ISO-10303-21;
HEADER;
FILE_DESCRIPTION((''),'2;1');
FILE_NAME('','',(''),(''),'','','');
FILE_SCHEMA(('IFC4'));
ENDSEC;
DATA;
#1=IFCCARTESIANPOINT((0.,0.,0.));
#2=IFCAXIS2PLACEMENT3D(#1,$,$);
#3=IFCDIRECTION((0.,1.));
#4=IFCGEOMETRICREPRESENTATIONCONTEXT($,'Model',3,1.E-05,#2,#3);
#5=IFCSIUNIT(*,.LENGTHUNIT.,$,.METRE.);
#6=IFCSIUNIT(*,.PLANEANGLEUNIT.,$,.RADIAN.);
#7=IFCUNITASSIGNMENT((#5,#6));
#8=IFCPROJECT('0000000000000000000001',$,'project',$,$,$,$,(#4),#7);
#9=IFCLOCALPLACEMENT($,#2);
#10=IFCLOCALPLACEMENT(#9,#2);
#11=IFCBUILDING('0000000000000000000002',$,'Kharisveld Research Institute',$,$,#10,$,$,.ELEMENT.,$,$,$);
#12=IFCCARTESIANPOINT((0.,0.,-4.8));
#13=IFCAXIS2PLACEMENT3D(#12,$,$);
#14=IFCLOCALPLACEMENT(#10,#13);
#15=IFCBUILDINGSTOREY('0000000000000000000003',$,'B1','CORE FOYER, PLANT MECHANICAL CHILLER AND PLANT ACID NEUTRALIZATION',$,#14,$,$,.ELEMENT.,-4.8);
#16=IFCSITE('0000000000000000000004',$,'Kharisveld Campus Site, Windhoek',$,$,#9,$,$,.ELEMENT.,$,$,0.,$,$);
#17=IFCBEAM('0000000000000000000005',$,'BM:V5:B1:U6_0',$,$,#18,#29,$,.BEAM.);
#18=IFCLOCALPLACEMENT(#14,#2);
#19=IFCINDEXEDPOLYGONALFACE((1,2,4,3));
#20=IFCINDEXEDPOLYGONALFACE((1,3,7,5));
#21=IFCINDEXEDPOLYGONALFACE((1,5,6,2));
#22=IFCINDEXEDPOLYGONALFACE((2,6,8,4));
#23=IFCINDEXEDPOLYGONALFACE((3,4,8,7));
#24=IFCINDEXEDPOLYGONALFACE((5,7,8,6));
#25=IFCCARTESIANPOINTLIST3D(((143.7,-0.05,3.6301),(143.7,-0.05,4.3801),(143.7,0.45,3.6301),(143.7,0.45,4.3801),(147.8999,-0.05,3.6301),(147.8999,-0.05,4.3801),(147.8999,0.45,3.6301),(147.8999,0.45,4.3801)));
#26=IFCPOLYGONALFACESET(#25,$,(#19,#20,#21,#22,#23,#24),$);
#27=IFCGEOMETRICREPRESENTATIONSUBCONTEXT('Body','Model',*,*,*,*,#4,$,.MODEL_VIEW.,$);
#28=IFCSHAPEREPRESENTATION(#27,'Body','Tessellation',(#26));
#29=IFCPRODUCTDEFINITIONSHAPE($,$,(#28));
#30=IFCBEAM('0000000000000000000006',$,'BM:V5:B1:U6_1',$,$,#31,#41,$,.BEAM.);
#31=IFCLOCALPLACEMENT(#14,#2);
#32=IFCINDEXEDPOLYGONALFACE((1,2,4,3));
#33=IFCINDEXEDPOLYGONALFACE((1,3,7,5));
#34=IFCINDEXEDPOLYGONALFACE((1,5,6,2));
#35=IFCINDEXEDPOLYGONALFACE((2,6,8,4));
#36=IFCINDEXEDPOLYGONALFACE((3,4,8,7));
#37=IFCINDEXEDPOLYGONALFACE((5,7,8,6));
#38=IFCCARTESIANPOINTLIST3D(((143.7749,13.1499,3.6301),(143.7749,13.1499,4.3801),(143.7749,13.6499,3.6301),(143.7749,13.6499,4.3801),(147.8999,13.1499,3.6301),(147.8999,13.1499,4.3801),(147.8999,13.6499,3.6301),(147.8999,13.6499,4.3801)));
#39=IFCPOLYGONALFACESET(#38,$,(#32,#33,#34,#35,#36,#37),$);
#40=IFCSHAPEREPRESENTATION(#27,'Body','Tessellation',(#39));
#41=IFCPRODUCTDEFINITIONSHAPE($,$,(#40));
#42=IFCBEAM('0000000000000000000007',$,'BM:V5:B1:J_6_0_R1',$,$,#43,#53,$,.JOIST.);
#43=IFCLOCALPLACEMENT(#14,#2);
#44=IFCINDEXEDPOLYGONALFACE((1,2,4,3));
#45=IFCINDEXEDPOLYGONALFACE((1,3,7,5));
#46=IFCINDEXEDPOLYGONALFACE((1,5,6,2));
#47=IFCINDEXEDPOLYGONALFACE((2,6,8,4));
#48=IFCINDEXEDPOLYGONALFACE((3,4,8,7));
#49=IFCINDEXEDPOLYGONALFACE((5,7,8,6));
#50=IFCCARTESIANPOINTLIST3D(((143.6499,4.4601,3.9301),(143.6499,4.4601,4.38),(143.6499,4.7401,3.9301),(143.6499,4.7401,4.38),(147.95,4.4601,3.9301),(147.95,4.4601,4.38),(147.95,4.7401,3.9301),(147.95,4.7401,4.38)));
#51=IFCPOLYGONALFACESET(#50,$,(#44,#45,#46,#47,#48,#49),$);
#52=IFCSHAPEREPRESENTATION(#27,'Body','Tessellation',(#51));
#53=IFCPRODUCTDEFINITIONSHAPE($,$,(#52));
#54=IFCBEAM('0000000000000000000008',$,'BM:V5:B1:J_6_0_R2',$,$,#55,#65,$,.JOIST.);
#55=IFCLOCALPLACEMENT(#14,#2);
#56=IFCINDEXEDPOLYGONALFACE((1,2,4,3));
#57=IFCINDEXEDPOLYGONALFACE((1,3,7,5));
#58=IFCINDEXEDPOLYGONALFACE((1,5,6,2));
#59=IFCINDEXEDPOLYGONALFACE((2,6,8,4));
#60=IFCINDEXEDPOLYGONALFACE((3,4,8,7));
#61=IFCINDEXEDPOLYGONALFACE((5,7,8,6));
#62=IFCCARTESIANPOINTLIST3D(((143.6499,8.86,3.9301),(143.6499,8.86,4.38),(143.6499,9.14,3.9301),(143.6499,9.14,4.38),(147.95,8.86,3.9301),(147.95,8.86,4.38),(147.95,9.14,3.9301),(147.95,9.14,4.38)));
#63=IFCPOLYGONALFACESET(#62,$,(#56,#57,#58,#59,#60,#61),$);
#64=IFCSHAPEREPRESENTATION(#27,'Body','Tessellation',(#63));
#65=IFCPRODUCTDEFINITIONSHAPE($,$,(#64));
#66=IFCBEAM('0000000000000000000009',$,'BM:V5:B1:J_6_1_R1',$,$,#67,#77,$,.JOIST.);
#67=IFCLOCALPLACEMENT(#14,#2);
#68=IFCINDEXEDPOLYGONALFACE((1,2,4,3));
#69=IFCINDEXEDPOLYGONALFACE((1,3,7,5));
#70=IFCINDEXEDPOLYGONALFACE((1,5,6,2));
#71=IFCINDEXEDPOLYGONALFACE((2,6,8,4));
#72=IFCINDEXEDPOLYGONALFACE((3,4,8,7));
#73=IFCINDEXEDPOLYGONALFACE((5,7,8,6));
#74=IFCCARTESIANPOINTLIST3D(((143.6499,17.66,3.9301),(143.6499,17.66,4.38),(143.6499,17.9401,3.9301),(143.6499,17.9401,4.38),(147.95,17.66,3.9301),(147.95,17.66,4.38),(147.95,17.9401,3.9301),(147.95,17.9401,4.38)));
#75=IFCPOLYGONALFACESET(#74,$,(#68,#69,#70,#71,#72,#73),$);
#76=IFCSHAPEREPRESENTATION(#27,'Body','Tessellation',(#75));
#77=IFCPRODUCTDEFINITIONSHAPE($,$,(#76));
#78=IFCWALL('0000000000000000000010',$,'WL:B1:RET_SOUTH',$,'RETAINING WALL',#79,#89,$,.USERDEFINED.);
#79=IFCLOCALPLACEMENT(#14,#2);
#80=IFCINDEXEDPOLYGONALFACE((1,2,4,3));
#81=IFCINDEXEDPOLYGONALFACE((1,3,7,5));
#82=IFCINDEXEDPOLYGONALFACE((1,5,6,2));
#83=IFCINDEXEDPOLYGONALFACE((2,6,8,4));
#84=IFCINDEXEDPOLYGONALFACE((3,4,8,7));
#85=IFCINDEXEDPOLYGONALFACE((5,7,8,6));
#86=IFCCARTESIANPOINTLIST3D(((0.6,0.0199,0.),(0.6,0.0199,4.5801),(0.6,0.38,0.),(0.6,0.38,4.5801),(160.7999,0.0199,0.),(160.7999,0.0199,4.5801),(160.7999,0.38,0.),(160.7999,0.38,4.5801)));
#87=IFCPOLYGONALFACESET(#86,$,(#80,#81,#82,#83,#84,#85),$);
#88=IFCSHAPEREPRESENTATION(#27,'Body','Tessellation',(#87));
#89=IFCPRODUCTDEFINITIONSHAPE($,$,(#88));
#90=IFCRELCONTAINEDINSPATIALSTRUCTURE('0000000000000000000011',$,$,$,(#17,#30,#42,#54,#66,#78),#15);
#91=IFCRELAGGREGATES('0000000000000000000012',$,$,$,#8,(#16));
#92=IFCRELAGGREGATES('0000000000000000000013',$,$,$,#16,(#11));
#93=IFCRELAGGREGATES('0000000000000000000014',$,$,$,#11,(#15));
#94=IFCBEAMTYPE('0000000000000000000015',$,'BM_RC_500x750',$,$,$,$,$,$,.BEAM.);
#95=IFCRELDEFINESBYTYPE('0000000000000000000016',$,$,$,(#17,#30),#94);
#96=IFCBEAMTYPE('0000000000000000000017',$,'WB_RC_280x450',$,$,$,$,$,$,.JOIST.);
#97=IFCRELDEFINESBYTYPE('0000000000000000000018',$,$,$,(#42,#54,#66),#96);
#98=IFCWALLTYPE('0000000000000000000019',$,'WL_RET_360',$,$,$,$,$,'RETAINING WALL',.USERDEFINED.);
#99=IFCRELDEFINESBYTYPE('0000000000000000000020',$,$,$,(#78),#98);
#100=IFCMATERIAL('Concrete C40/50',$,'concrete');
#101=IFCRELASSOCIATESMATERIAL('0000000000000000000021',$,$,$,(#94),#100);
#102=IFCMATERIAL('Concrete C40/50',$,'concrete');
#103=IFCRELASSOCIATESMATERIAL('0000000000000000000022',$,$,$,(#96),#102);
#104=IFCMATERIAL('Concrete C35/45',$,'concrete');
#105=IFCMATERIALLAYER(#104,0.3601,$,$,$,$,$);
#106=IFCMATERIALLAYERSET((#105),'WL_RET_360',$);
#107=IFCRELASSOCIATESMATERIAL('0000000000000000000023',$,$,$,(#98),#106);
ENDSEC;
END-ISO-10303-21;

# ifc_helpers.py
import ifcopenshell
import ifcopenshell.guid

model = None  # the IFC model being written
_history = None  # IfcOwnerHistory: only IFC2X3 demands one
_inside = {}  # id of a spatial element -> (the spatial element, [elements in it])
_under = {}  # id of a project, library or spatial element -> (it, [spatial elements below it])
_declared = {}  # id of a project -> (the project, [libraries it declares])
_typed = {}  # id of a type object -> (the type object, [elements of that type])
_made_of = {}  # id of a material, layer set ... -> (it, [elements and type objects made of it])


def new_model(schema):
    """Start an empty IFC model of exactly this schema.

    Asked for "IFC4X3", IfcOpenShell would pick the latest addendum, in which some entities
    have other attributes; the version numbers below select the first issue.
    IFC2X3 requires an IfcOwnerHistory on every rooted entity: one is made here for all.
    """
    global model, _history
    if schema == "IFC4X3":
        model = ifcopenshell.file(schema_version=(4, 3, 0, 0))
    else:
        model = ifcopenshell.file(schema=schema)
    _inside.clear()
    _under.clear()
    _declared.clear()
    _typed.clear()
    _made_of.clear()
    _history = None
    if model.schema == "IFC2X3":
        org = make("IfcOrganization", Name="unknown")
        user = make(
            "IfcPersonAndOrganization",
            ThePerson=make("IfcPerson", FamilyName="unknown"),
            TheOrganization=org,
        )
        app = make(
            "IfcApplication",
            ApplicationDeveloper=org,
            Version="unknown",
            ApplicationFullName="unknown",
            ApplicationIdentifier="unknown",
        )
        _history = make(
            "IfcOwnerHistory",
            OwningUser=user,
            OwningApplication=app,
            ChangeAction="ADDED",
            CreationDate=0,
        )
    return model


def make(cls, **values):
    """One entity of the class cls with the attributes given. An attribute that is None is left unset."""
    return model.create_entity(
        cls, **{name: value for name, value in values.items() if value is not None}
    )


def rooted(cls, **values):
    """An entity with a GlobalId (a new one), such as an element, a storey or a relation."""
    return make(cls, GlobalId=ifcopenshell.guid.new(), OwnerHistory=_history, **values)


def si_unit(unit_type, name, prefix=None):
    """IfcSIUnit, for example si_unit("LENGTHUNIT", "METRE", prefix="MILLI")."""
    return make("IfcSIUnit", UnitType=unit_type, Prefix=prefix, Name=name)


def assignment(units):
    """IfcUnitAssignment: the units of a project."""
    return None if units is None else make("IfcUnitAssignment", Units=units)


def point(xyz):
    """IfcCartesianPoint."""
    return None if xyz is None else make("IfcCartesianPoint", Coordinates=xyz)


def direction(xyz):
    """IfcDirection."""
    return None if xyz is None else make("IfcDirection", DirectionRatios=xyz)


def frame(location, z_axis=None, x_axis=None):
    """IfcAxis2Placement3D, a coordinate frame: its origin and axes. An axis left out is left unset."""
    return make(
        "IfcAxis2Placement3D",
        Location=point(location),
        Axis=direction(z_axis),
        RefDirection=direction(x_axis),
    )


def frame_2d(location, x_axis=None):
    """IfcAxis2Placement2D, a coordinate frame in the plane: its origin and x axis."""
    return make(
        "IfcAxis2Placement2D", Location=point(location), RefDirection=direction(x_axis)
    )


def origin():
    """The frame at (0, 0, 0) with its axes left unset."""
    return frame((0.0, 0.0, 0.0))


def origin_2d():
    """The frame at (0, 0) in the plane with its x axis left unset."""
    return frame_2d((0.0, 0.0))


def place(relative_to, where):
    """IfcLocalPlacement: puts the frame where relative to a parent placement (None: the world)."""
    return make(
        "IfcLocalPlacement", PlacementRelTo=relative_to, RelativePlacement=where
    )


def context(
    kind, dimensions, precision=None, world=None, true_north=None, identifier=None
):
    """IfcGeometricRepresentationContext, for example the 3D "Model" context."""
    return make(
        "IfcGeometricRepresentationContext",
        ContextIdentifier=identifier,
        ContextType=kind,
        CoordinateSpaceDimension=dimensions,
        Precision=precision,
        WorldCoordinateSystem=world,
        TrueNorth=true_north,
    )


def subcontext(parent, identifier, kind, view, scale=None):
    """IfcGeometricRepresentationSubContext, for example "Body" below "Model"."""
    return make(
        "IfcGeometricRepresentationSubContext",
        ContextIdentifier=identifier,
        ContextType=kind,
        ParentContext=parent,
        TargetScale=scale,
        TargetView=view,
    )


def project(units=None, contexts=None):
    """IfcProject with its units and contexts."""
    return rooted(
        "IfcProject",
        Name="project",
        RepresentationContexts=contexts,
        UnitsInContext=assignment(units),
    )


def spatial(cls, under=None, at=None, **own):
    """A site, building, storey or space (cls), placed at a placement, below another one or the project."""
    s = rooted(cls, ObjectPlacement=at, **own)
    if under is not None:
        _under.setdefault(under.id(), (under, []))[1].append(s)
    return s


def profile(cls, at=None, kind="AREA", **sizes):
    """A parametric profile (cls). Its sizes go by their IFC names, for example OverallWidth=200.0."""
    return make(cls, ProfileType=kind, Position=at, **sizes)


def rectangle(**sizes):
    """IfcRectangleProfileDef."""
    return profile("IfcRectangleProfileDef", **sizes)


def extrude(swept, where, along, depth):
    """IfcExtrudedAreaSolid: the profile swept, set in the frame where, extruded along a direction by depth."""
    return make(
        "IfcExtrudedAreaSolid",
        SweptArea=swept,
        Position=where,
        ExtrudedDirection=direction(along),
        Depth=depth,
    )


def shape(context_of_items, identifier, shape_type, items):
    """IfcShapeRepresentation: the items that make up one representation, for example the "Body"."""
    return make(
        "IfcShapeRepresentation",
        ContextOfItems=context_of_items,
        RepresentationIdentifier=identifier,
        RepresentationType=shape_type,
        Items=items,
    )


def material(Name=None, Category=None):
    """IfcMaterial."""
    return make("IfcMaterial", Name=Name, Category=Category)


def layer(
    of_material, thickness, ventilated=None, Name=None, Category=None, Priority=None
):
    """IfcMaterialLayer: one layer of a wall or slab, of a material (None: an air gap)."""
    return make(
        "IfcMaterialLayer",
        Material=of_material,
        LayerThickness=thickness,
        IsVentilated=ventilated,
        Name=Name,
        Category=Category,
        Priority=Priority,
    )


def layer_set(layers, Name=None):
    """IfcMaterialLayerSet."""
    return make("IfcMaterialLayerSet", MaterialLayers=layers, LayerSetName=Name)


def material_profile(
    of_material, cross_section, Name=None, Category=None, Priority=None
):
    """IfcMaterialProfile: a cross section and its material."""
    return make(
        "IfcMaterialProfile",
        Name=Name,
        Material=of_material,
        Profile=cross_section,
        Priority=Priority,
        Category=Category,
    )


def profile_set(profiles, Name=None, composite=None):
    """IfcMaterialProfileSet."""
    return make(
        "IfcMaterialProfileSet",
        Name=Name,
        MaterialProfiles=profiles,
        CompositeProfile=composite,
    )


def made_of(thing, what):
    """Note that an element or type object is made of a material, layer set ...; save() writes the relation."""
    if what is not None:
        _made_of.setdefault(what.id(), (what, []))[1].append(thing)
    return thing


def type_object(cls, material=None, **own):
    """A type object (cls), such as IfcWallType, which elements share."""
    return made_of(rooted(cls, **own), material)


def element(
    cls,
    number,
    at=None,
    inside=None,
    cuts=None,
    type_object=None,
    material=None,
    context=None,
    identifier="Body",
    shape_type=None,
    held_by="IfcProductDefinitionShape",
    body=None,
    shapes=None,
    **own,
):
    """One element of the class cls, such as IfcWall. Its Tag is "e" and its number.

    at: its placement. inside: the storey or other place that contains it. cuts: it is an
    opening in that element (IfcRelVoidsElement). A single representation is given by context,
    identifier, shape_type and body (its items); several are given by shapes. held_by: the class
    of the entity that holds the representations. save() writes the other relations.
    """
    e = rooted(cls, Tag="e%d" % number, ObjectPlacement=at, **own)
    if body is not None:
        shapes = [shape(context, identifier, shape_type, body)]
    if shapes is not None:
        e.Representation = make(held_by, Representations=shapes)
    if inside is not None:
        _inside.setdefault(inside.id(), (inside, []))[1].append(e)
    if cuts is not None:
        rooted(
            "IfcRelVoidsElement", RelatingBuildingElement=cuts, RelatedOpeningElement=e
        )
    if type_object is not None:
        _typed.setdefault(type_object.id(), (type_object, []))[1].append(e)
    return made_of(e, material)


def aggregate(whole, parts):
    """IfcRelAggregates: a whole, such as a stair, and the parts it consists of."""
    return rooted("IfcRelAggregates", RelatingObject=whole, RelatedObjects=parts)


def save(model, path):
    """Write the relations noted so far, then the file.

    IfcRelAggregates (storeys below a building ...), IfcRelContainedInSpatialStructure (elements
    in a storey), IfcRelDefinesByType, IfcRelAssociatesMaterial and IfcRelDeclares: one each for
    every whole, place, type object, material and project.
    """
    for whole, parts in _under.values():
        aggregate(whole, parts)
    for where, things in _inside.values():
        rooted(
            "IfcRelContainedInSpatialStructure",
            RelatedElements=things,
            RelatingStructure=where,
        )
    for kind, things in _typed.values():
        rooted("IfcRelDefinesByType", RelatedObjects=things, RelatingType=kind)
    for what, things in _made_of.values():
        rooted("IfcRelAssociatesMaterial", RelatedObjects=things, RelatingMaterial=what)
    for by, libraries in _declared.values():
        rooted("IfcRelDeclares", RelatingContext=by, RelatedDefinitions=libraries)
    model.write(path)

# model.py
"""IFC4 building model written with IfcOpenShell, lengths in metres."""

from ifc_helpers import new_model, si_unit, direction, frame, frame_2d, origin, origin_2d, place, context, subcontext, project, spatial, rectangle, extrude, material, layer, layer_set, material_profile, profile_set, type_object, element, save


model = new_model("IFC4")

# Units and contexts
model_context = context("Model", 3, precision=1e-05, world=origin(), true_north=direction((0.0, 1.0)))
body_context = subcontext(model_context, "Body", "Model", "MODEL_VIEW")
ifc_project = project(units=[si_unit("LENGTHUNIT", "METRE"), si_unit("PLANEANGLEUNIT", "RADIAN")], contexts=[model_context])

# Site, building, storey
site_placement = place(None, origin())
site = spatial("IfcSite", under=ifc_project, at=site_placement, Name="Kharisveld Campus Site, Windhoek", CompositionType="ELEMENT", RefElevation=0.0)
building_placement = place(site_placement, origin())
building = spatial("IfcBuilding", under=site, at=building_placement, Name="Kharisveld Research Institute", CompositionType="ELEMENT")
storey_placement = place(building_placement, frame((0.0, 0.0, -4.8)))
storey = spatial("IfcBuildingStorey", under=building, at=storey_placement, Name="B1", Description="CORE FOYER, PLANT MECHANICAL CHILLER AND PLANT ACID NEUTRALIZATION", CompositionType="ELEMENT", Elevation=-4.8)

# Beams
ifc_material_1 = material(Name="Concrete C40/50", Category="concrete")
ifc_material_profile_1 = material_profile(ifc_material_1, rectangle(XDim=0.5, YDim=0.75, at=origin_2d()))
ifc_profile_set_1 = profile_set([ifc_material_profile_1], Name="Concrete C40/50")
beam_type_1 = type_object("IfcBeamType", Name="BM_RC_500x750", PredefinedType="BEAM", material=ifc_profile_set_1)
beam_1_placement = place(storey_placement, frame((143.7, 0.2, 4.0051), z_axis=(1.0, 0.0, 0.0), x_axis=(0.0, 1.0, 0.0)))
element("IfcBeam", 1, at=beam_1_placement, inside=storey, type_object=beam_type_1, Name="BM:V5:B1:U6_0", PredefinedType="BEAM", context=body_context, shape_type="SweptSolid", body=[
    extrude(rectangle(XDim=0.5, YDim=0.75, at=origin_2d()), origin(), (0.0, 0.0, 1.0), 4.2),
])
beam_2_placement = place(storey_placement, frame((143.7749, 13.3999, 4.0051), z_axis=(1.0, 0.0, 0.0), x_axis=(0.0, 1.0, 0.0)))
element("IfcBeam", 2, at=beam_2_placement, inside=storey, type_object=beam_type_1, Name="BM:V5:B1:U6_1", PredefinedType="BEAM", context=body_context, shape_type="SweptSolid", body=[
    extrude(rectangle(XDim=0.5, YDim=0.75, at=origin_2d()), origin(), (0.0, 0.0, 1.0), 4.125),
])
ifc_material_2 = material(Name="Concrete C40/50", Category="concrete")
ifc_material_profile_2 = material_profile(ifc_material_2, rectangle(XDim=0.28, YDim=0.45, at=origin_2d()))
ifc_profile_set_2 = profile_set([ifc_material_profile_2], Name="Concrete C40/50")
beam_type_2 = type_object("IfcBeamType", Name="WB_RC_280x450", PredefinedType="JOIST", material=ifc_profile_set_2)
for number, where, z_axis, x_axis, name in (
    (3, (143.6499, 4.6001, 4.155), (1.0, 0.0, 0.0), (0.0, 1.0, 0.0), "BM:V5:B1:J_6_0_R1"),
    (4, (143.6499, 9.0, 4.155), (1.0, 0.0, 0.0), (0.0, 1.0, 0.0), "BM:V5:B1:J_6_0_R2"),
    (5, (143.6499, 17.8, 4.155), (1.0, 0.0, 0.0), (0.0, 1.0, 0.0), "BM:V5:B1:J_6_1_R1"),
):
    element("IfcBeam", number, at=place(storey_placement, frame(where, z_axis=z_axis, x_axis=x_axis)), inside=storey, type_object=beam_type_2, Name=name, PredefinedType="JOIST", context=body_context, shape_type="SweptSolid", body=[
        extrude(rectangle(XDim=0.28, YDim=0.45, at=origin_2d()), origin(), (0.0, 0.0, 1.0), 4.3),
    ])

# Wall
ifc_material_3 = material(Name="Concrete C35/45", Category="concrete")
ifc_layer = layer(ifc_material_3, 0.3601)
ifc_layer_set = layer_set([ifc_layer], Name="WL_RET_360")
wall_type = type_object("IfcWallType", Name="WL_RET_360", ElementType="RETAINING WALL", PredefinedType="USERDEFINED", material=ifc_layer_set)
wall_placement = place(storey_placement, frame((160.8, 0.2, 0.0), z_axis=(0.0, 0.0, 1.0), x_axis=(-1.0, 0.0, 0.0)))
element("IfcWall", 6, at=wall_placement, inside=storey, type_object=wall_type, Name="WL:B1:RET_SOUTH", ObjectType="RETAINING WALL", PredefinedType="USERDEFINED", context=body_context, shape_type="SweptSolid", body=[
    extrude(rectangle(XDim=160.2, YDim=0.3601, at=frame_2d((80.1001, 0.0))), origin(), (0.0, 0.0, 1.0), 4.5801),
])

save(model, "model.ifc")
